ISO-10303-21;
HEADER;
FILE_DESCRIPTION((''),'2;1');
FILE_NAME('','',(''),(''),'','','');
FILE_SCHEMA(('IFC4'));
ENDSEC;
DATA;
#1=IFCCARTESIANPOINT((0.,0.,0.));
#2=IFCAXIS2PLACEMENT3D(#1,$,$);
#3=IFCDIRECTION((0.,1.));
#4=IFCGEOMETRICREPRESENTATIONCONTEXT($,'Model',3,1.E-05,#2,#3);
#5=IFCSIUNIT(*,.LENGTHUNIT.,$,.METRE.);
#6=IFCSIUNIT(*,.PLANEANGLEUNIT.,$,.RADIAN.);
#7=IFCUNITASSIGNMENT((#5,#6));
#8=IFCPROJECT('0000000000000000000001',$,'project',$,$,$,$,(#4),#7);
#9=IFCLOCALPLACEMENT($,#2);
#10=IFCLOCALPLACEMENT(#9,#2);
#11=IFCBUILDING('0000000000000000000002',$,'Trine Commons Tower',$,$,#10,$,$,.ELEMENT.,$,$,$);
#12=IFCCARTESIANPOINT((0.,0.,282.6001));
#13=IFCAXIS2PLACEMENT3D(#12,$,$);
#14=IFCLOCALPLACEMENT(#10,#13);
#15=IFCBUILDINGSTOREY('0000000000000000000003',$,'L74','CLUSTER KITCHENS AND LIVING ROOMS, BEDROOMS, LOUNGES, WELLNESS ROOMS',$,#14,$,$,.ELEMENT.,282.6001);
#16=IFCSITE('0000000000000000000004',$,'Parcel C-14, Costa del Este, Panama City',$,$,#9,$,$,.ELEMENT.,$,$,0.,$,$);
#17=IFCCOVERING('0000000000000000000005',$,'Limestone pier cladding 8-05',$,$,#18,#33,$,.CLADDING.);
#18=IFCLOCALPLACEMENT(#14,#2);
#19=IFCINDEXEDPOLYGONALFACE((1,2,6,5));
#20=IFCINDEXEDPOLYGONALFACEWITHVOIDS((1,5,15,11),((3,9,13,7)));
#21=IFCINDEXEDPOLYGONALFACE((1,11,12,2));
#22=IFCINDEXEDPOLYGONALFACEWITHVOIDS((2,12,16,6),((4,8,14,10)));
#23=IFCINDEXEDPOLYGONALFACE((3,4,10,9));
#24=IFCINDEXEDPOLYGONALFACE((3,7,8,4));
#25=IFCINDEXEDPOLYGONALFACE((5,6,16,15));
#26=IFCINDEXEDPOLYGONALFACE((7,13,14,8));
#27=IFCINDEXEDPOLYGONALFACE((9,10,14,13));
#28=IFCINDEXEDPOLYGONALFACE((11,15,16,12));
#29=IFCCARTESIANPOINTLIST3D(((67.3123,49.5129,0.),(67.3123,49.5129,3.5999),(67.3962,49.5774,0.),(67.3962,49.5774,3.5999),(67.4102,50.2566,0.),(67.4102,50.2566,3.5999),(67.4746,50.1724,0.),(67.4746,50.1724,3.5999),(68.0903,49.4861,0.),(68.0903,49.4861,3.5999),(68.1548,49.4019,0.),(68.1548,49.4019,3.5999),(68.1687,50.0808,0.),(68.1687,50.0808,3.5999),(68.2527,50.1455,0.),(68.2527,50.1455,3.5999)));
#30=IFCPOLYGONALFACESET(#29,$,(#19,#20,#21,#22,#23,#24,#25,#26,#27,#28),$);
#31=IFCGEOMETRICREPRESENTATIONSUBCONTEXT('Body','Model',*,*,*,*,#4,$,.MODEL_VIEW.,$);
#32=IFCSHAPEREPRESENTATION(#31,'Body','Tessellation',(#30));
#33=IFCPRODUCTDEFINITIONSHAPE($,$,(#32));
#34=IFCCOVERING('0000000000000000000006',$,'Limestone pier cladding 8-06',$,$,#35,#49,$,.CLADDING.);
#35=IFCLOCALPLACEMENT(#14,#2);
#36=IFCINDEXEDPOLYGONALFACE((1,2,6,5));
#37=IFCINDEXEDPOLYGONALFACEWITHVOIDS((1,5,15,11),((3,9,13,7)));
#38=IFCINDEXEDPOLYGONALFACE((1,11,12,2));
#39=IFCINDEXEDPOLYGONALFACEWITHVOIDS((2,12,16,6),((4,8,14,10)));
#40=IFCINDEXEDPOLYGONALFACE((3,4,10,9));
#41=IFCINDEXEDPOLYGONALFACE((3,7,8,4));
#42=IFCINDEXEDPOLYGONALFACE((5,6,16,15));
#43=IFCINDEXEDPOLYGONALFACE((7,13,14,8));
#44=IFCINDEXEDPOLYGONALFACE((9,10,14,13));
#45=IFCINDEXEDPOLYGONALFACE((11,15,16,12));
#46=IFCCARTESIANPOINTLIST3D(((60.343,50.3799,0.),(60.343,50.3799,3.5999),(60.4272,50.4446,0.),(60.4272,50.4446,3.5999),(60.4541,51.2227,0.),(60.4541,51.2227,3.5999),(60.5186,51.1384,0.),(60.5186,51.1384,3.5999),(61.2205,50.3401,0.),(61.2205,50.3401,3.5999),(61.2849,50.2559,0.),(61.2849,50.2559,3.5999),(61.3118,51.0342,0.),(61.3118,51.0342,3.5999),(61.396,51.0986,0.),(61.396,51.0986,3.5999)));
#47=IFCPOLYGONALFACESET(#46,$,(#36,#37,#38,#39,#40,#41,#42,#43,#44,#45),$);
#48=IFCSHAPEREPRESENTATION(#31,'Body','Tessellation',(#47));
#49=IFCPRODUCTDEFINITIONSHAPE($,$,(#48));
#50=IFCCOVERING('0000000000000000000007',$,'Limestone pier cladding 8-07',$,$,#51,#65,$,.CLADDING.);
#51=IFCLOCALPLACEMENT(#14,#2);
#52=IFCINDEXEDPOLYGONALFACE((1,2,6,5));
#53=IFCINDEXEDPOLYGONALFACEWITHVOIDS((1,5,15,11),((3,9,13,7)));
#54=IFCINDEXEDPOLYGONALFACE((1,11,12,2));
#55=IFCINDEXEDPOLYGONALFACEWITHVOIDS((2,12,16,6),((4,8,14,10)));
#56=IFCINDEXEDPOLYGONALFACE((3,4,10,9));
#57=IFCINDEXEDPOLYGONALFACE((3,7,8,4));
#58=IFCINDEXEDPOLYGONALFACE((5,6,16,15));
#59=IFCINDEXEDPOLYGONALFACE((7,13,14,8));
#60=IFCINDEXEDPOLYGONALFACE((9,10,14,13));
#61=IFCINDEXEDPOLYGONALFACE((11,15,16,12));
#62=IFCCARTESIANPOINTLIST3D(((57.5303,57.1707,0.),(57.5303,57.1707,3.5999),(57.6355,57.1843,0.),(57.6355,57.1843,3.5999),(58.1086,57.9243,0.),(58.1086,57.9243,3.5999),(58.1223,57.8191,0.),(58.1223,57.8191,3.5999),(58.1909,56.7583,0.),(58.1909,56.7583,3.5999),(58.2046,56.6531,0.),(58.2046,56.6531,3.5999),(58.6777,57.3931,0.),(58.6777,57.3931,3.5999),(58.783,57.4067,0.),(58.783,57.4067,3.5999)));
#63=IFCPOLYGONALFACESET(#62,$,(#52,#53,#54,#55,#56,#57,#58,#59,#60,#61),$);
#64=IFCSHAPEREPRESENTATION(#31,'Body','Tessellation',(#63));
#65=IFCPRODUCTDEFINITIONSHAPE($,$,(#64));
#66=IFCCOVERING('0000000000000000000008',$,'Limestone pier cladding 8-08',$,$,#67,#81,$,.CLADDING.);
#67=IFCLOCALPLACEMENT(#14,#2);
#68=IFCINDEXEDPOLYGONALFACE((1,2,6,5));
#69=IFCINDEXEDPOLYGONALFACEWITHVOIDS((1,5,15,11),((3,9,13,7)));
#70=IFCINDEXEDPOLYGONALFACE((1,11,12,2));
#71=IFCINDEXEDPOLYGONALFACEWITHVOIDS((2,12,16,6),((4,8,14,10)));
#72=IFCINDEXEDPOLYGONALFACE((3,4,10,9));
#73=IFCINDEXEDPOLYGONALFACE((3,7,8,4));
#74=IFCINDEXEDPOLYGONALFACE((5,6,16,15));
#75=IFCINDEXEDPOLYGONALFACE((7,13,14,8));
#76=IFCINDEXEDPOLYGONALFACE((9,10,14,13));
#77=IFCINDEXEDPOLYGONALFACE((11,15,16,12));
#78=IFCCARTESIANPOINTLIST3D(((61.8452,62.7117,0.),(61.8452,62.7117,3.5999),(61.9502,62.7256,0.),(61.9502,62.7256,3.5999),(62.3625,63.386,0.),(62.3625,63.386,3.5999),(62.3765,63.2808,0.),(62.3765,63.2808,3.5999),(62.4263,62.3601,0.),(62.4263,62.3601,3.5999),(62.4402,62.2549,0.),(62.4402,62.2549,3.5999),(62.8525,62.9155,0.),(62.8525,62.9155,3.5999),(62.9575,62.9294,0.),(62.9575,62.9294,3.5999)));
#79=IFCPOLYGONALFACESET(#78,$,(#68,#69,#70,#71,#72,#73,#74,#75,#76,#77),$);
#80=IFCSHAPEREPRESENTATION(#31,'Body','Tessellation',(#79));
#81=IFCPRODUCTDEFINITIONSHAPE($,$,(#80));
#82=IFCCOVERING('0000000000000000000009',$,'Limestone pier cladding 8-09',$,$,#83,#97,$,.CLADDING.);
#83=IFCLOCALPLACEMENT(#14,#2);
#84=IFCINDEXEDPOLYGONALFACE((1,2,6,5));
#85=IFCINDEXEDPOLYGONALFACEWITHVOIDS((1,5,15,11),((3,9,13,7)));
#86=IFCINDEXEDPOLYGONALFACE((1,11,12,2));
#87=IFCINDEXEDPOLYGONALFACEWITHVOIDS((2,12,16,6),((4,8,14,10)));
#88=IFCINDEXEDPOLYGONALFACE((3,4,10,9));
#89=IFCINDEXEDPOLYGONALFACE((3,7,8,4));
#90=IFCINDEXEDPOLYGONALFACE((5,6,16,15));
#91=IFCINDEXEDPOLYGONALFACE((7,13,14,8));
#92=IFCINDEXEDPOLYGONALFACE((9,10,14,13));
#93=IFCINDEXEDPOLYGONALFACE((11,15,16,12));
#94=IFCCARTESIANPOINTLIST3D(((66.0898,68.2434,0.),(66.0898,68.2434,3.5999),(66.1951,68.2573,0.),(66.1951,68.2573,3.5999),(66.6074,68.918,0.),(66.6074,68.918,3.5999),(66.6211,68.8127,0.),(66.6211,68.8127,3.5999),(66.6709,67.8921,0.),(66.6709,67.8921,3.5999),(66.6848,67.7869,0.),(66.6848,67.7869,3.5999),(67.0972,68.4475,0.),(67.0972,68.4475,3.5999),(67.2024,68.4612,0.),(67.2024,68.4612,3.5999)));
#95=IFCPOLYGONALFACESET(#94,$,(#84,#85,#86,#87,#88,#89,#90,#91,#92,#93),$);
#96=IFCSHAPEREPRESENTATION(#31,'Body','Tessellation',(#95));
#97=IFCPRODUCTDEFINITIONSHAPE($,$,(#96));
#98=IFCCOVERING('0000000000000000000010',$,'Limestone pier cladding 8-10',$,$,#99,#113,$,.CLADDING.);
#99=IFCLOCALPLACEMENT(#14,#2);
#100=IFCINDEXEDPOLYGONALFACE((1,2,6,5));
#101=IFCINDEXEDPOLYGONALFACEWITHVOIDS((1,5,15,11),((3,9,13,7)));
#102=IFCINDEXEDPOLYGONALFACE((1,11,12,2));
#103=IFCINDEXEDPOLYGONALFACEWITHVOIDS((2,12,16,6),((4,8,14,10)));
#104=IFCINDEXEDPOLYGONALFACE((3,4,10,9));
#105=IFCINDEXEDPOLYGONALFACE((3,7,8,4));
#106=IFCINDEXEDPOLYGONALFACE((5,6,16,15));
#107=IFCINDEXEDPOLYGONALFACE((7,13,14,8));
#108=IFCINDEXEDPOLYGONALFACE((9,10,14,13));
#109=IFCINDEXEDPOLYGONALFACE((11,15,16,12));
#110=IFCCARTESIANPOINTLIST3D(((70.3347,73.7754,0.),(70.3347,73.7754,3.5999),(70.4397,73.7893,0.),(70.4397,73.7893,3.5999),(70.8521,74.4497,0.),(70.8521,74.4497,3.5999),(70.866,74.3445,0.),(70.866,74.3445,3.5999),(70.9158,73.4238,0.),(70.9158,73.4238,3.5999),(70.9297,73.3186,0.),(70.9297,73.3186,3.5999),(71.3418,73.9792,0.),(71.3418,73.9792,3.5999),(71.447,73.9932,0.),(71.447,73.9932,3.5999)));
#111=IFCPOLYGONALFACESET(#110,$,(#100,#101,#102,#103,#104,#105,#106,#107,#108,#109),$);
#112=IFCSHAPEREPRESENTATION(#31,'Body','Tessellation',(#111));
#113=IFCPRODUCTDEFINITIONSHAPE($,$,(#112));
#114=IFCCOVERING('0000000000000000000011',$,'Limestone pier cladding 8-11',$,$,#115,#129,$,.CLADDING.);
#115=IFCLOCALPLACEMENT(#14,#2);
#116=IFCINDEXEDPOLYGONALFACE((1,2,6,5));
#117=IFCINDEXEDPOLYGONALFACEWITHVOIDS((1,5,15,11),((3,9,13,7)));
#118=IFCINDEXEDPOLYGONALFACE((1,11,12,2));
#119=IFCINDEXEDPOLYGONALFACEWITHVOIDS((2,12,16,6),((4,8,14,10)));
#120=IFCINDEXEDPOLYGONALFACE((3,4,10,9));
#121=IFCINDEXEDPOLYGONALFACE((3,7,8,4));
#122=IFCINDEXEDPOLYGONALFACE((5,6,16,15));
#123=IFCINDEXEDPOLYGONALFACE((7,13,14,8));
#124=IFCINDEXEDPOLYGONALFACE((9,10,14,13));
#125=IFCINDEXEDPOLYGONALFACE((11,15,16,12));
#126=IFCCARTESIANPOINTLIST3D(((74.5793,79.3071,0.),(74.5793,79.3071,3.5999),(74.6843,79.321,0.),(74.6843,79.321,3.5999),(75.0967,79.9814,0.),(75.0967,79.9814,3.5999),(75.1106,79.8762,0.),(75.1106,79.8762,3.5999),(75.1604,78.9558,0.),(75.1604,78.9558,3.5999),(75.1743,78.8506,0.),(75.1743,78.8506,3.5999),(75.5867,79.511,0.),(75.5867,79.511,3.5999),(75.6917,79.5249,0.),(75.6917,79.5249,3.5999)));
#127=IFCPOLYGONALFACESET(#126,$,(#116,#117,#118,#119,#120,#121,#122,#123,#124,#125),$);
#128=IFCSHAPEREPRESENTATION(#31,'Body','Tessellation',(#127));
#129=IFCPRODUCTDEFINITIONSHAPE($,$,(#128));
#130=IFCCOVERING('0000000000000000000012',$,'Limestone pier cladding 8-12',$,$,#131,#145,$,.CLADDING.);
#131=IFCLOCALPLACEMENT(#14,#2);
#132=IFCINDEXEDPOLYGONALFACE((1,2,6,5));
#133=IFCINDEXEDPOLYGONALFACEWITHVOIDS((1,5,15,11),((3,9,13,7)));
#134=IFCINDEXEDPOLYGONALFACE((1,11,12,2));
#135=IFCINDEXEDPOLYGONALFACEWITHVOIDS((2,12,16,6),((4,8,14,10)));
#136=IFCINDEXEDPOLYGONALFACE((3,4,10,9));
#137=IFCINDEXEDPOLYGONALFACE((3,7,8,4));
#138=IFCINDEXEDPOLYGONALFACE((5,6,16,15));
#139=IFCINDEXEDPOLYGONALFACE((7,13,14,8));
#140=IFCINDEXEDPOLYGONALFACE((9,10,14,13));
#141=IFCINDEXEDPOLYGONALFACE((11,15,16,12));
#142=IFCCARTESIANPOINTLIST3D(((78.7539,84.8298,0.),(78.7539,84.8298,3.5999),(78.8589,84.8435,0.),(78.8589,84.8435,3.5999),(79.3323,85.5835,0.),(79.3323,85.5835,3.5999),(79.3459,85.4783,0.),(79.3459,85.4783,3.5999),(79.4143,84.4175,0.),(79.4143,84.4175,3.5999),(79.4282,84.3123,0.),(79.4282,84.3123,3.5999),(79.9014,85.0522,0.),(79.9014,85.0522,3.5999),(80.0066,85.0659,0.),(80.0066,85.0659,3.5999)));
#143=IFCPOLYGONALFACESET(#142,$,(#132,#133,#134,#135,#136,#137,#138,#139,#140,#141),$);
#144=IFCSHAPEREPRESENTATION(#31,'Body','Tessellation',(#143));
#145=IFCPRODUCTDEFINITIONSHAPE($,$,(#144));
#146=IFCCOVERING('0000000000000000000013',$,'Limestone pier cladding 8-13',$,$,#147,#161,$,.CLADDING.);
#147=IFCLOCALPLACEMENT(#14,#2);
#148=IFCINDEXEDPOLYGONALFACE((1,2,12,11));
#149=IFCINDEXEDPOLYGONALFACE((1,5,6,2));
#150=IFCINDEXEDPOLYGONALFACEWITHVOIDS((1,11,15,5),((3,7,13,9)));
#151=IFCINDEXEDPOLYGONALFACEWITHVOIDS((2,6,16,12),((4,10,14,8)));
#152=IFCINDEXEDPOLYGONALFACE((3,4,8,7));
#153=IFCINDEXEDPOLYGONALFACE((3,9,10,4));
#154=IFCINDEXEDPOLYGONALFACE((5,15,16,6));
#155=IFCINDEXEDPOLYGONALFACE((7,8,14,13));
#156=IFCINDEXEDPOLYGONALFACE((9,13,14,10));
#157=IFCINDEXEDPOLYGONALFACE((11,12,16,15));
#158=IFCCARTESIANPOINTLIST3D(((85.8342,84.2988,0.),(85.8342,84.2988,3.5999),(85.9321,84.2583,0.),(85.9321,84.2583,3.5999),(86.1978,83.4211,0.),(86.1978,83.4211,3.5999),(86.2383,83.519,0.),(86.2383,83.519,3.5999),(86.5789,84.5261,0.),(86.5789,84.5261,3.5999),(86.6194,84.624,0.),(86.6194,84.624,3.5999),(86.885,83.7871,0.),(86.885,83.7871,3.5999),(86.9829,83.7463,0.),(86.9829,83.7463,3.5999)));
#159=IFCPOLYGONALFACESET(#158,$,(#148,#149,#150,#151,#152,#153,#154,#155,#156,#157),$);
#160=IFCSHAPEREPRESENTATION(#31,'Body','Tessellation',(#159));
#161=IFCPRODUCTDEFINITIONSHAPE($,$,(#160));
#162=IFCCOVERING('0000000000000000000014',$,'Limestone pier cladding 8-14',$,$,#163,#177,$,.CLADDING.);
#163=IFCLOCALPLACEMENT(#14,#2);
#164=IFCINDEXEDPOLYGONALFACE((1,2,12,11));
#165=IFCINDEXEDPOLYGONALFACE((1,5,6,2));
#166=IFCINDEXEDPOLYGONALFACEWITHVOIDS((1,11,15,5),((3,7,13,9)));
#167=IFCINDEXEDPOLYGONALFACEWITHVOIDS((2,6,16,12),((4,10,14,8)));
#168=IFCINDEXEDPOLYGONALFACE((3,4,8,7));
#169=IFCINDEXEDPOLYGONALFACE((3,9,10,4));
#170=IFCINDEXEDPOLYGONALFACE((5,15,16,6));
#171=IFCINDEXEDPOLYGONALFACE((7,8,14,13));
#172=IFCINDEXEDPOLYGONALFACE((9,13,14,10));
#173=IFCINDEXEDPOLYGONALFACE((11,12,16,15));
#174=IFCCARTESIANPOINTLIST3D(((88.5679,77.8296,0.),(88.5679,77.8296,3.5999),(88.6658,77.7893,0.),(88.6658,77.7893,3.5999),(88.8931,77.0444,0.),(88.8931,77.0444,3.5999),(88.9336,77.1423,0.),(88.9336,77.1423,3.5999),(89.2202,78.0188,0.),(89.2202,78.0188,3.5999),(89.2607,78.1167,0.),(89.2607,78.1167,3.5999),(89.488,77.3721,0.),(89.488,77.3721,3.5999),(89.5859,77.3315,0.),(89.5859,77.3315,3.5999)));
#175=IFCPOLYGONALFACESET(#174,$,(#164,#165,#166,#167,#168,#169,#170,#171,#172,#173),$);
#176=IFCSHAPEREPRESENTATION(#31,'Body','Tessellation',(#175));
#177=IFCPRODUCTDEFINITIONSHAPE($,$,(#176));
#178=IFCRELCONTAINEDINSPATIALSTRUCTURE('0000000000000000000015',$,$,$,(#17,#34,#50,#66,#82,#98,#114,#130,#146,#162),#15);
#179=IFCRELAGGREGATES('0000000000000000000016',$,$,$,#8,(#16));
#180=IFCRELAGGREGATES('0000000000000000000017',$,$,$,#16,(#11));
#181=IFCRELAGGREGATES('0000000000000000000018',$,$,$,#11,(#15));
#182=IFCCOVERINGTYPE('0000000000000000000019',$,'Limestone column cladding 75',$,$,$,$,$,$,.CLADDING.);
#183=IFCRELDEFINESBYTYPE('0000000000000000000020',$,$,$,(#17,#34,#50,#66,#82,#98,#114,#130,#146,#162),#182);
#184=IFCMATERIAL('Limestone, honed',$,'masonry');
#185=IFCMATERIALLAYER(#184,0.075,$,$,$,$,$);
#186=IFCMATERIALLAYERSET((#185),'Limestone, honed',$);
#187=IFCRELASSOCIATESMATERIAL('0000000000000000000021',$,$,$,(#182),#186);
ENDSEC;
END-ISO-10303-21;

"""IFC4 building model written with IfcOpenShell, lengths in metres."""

from ifc_helpers import new_model, si_unit, direction, frame, origin, place, context, subcontext, project, spatial, polyline, outline, extrude, material, layer, layer_set, type_object, element, save


model = new_model("IFC4")

# Units and contexts
model_context = context("Model", 3, precision=1e-05, world=origin(), true_north=direction((0.0, 1.0)))
body_context = subcontext(model_context, "Body", "Model", "MODEL_VIEW")
ifc_project = project(units=[si_unit("LENGTHUNIT", "METRE"), si_unit("PLANEANGLEUNIT", "RADIAN")], contexts=[model_context])

# Site, building, storey
site_placement = place(None, origin())
site = spatial("IfcSite", under=ifc_project, at=site_placement, Name="Parcel C-14, Costa del Este, Panama City", CompositionType="ELEMENT", RefElevation=0.0)
building_placement = place(site_placement, origin())
building = spatial("IfcBuilding", under=site, at=building_placement, Name="Trine Commons Tower", CompositionType="ELEMENT")
storey_placement = place(building_placement, frame((0.0, 0.0, 282.6001)))
storey = spatial("IfcBuildingStorey", under=building, at=storey_placement, Name="L74", Description="CLUSTER KITCHENS AND LIVING ROOMS, BEDROOMS, LOUNGES, WELLNESS ROOMS", CompositionType="ELEMENT", Elevation=282.6001)

# Coverings
ifc_material_1 = material(Name="Limestone, honed", Category="masonry")
ifc_layer_1 = layer(ifc_material_1, 0.075)
ifc_layer_set_1 = layer_set([ifc_layer_1], Name="Limestone, honed")
covering_type_1 = type_object("IfcCoveringType", Name="Limestone column cladding 75", PredefinedType="CLADDING", material=ifc_layer_set_1)
covering_1_placement = place(storey_placement, origin())
element("IfcCovering", 1, at=covering_1_placement, inside=storey, type_object=covering_type_1, Name="Limestone pier cladding 8-05", PredefinedType="CLADDING", context=body_context, shape_type="SweptSolid", body=[
    extrude(outline(polyline([(67.4102, 50.2566), (67.3123, 49.5129), (68.1548, 49.4019), (68.2527, 50.1455), (67.4102, 50.2566)]), holes=[polyline([(67.4746, 50.1724), (67.3962, 49.5774), (68.0903, 49.4861), (68.1687, 50.0808), (67.4746, 50.1724)])]), origin(), (0.0, 0.0, 1.0), 3.5999),
])
covering_2_placement = place(storey_placement, origin())
element("IfcCovering", 2, at=covering_2_placement, inside=storey, type_object=covering_type_1, Name="Limestone pier cladding 8-06", PredefinedType="CLADDING", context=body_context, shape_type="SweptSolid", body=[
    extrude(outline(polyline([(60.4541, 51.2227), (60.343, 50.3799), (61.2849, 50.2559), (61.396, 51.0986), (60.4541, 51.2227)]), holes=[polyline([(60.5186, 51.1384), (60.4272, 50.4446), (61.2205, 50.3401), (61.3118, 51.0342), (60.5186, 51.1384)])]), origin(), (0.0, 0.0, 1.0), 3.5999),
])
covering_3_placement = place(storey_placement, origin())
element("IfcCovering", 3, at=covering_3_placement, inside=storey, type_object=covering_type_1, Name="Limestone pier cladding 8-07", PredefinedType="CLADDING", context=body_context, shape_type="SweptSolid", body=[
    extrude(outline(polyline([(58.783, 57.4067), (58.1086, 57.9243), (57.5303, 57.1707), (58.2046, 56.6531), (58.783, 57.4067)]), holes=[polyline([(58.6777, 57.3931), (58.1223, 57.8191), (57.6355, 57.1843), (58.1909, 56.7583), (58.6777, 57.3931)])]), origin(), (0.0, 0.0, 1.0), 3.5999),
])
covering_4_placement = place(storey_placement, origin())
element("IfcCovering", 4, at=covering_4_placement, inside=storey, type_object=covering_type_1, Name="Limestone pier cladding 8-08", PredefinedType="CLADDING", context=body_context, shape_type="SweptSolid", body=[
    extrude(outline(polyline([(62.9575, 62.9294), (62.3625, 63.386), (61.8452, 62.7117), (62.4402, 62.2549), (62.9575, 62.9294)]), holes=[polyline([(62.8525, 62.9155), (62.3765, 63.2808), (61.9502, 62.7256), (62.4263, 62.3601), (62.8525, 62.9155)])]), origin(), (0.0, 0.0, 1.0), 3.5999),
])
covering_5_placement = place(storey_placement, origin())
element("IfcCovering", 5, at=covering_5_placement, inside=storey, type_object=covering_type_1, Name="Limestone pier cladding 8-09", PredefinedType="CLADDING", context=body_context, shape_type="SweptSolid", body=[
    extrude(outline(polyline([(67.2024, 68.4612), (66.6074, 68.918), (66.0898, 68.2434), (66.6848, 67.7869), (67.2024, 68.4612)]), holes=[polyline([(67.0972, 68.4475), (66.6211, 68.8127), (66.1951, 68.2573), (66.6709, 67.8921), (67.0972, 68.4475)])]), origin(), (0.0, 0.0, 1.0), 3.5999),
])
covering_6_placement = place(storey_placement, origin())
element("IfcCovering", 6, at=covering_6_placement, inside=storey, type_object=covering_type_1, Name="Limestone pier cladding 8-10", PredefinedType="CLADDING", context=body_context, shape_type="SweptSolid", body=[
    extrude(outline(polyline([(71.447, 73.9932), (70.8521, 74.4497), (70.3347, 73.7754), (70.9297, 73.3186), (71.447, 73.9932)]), holes=[polyline([(71.3418, 73.9792), (70.866, 74.3445), (70.4397, 73.7893), (70.9158, 73.4238), (71.3418, 73.9792)])]), origin(), (0.0, 0.0, 1.0), 3.5999),
])
covering_7_placement = place(storey_placement, origin())
element("IfcCovering", 7, at=covering_7_placement, inside=storey, type_object=covering_type_1, Name="Limestone pier cladding 8-11", PredefinedType="CLADDING", context=body_context, shape_type="SweptSolid", body=[
    extrude(outline(polyline([(75.6917, 79.5249), (75.0967, 79.9814), (74.5793, 79.3071), (75.1743, 78.8506), (75.6917, 79.5249)]), holes=[polyline([(75.5867, 79.511), (75.1106, 79.8762), (74.6843, 79.321), (75.1604, 78.9558), (75.5867, 79.511)])]), origin(), (0.0, 0.0, 1.0), 3.5999),
])
covering_8_placement = place(storey_placement, origin())
element("IfcCovering", 8, at=covering_8_placement, inside=storey, type_object=covering_type_1, Name="Limestone pier cladding 8-12", PredefinedType="CLADDING", context=body_context, shape_type="SweptSolid", body=[
    extrude(outline(polyline([(80.0066, 85.0659), (79.3323, 85.5835), (78.7539, 84.8298), (79.4282, 84.3123), (80.0066, 85.0659)]), holes=[polyline([(79.9014, 85.0522), (79.3459, 85.4783), (78.8589, 84.8435), (79.4143, 84.4175), (79.9014, 85.0522)])]), origin(), (0.0, 0.0, 1.0), 3.5999),
])
covering_9_placement = place(storey_placement, origin())
element("IfcCovering", 9, at=covering_9_placement, inside=storey, type_object=covering_type_1, Name="Limestone pier cladding 8-13", PredefinedType="CLADDING", context=body_context, shape_type="SweptSolid", body=[
    extrude(outline(polyline([(86.6194, 84.624), (85.8342, 84.2988), (86.1978, 83.4211), (86.9829, 83.7463), (86.6194, 84.624)]), holes=[polyline([(86.5789, 84.5261), (85.9321, 84.2583), (86.2383, 83.519), (86.885, 83.7871), (86.5789, 84.5261)])]), origin(), (0.0, 0.0, 1.0), 3.5999),
])
covering_10_placement = place(storey_placement, origin())
element("IfcCovering", 10, at=covering_10_placement, inside=storey, type_object=covering_type_1, Name="Limestone pier cladding 8-14", PredefinedType="CLADDING", context=body_context, shape_type="SweptSolid", body=[
    extrude(outline(polyline([(89.2607, 78.1167), (88.5679, 77.8296), (88.8931, 77.0444), (89.5859, 77.3315), (89.2607, 78.1167)]), holes=[polyline([(89.2202, 78.0188), (88.6658, 77.7893), (88.9336, 77.1423), (89.488, 77.3721), (89.2202, 78.0188)])]), origin(), (0.0, 0.0, 1.0), 3.5999),
])

save(model, "model.ifc")
